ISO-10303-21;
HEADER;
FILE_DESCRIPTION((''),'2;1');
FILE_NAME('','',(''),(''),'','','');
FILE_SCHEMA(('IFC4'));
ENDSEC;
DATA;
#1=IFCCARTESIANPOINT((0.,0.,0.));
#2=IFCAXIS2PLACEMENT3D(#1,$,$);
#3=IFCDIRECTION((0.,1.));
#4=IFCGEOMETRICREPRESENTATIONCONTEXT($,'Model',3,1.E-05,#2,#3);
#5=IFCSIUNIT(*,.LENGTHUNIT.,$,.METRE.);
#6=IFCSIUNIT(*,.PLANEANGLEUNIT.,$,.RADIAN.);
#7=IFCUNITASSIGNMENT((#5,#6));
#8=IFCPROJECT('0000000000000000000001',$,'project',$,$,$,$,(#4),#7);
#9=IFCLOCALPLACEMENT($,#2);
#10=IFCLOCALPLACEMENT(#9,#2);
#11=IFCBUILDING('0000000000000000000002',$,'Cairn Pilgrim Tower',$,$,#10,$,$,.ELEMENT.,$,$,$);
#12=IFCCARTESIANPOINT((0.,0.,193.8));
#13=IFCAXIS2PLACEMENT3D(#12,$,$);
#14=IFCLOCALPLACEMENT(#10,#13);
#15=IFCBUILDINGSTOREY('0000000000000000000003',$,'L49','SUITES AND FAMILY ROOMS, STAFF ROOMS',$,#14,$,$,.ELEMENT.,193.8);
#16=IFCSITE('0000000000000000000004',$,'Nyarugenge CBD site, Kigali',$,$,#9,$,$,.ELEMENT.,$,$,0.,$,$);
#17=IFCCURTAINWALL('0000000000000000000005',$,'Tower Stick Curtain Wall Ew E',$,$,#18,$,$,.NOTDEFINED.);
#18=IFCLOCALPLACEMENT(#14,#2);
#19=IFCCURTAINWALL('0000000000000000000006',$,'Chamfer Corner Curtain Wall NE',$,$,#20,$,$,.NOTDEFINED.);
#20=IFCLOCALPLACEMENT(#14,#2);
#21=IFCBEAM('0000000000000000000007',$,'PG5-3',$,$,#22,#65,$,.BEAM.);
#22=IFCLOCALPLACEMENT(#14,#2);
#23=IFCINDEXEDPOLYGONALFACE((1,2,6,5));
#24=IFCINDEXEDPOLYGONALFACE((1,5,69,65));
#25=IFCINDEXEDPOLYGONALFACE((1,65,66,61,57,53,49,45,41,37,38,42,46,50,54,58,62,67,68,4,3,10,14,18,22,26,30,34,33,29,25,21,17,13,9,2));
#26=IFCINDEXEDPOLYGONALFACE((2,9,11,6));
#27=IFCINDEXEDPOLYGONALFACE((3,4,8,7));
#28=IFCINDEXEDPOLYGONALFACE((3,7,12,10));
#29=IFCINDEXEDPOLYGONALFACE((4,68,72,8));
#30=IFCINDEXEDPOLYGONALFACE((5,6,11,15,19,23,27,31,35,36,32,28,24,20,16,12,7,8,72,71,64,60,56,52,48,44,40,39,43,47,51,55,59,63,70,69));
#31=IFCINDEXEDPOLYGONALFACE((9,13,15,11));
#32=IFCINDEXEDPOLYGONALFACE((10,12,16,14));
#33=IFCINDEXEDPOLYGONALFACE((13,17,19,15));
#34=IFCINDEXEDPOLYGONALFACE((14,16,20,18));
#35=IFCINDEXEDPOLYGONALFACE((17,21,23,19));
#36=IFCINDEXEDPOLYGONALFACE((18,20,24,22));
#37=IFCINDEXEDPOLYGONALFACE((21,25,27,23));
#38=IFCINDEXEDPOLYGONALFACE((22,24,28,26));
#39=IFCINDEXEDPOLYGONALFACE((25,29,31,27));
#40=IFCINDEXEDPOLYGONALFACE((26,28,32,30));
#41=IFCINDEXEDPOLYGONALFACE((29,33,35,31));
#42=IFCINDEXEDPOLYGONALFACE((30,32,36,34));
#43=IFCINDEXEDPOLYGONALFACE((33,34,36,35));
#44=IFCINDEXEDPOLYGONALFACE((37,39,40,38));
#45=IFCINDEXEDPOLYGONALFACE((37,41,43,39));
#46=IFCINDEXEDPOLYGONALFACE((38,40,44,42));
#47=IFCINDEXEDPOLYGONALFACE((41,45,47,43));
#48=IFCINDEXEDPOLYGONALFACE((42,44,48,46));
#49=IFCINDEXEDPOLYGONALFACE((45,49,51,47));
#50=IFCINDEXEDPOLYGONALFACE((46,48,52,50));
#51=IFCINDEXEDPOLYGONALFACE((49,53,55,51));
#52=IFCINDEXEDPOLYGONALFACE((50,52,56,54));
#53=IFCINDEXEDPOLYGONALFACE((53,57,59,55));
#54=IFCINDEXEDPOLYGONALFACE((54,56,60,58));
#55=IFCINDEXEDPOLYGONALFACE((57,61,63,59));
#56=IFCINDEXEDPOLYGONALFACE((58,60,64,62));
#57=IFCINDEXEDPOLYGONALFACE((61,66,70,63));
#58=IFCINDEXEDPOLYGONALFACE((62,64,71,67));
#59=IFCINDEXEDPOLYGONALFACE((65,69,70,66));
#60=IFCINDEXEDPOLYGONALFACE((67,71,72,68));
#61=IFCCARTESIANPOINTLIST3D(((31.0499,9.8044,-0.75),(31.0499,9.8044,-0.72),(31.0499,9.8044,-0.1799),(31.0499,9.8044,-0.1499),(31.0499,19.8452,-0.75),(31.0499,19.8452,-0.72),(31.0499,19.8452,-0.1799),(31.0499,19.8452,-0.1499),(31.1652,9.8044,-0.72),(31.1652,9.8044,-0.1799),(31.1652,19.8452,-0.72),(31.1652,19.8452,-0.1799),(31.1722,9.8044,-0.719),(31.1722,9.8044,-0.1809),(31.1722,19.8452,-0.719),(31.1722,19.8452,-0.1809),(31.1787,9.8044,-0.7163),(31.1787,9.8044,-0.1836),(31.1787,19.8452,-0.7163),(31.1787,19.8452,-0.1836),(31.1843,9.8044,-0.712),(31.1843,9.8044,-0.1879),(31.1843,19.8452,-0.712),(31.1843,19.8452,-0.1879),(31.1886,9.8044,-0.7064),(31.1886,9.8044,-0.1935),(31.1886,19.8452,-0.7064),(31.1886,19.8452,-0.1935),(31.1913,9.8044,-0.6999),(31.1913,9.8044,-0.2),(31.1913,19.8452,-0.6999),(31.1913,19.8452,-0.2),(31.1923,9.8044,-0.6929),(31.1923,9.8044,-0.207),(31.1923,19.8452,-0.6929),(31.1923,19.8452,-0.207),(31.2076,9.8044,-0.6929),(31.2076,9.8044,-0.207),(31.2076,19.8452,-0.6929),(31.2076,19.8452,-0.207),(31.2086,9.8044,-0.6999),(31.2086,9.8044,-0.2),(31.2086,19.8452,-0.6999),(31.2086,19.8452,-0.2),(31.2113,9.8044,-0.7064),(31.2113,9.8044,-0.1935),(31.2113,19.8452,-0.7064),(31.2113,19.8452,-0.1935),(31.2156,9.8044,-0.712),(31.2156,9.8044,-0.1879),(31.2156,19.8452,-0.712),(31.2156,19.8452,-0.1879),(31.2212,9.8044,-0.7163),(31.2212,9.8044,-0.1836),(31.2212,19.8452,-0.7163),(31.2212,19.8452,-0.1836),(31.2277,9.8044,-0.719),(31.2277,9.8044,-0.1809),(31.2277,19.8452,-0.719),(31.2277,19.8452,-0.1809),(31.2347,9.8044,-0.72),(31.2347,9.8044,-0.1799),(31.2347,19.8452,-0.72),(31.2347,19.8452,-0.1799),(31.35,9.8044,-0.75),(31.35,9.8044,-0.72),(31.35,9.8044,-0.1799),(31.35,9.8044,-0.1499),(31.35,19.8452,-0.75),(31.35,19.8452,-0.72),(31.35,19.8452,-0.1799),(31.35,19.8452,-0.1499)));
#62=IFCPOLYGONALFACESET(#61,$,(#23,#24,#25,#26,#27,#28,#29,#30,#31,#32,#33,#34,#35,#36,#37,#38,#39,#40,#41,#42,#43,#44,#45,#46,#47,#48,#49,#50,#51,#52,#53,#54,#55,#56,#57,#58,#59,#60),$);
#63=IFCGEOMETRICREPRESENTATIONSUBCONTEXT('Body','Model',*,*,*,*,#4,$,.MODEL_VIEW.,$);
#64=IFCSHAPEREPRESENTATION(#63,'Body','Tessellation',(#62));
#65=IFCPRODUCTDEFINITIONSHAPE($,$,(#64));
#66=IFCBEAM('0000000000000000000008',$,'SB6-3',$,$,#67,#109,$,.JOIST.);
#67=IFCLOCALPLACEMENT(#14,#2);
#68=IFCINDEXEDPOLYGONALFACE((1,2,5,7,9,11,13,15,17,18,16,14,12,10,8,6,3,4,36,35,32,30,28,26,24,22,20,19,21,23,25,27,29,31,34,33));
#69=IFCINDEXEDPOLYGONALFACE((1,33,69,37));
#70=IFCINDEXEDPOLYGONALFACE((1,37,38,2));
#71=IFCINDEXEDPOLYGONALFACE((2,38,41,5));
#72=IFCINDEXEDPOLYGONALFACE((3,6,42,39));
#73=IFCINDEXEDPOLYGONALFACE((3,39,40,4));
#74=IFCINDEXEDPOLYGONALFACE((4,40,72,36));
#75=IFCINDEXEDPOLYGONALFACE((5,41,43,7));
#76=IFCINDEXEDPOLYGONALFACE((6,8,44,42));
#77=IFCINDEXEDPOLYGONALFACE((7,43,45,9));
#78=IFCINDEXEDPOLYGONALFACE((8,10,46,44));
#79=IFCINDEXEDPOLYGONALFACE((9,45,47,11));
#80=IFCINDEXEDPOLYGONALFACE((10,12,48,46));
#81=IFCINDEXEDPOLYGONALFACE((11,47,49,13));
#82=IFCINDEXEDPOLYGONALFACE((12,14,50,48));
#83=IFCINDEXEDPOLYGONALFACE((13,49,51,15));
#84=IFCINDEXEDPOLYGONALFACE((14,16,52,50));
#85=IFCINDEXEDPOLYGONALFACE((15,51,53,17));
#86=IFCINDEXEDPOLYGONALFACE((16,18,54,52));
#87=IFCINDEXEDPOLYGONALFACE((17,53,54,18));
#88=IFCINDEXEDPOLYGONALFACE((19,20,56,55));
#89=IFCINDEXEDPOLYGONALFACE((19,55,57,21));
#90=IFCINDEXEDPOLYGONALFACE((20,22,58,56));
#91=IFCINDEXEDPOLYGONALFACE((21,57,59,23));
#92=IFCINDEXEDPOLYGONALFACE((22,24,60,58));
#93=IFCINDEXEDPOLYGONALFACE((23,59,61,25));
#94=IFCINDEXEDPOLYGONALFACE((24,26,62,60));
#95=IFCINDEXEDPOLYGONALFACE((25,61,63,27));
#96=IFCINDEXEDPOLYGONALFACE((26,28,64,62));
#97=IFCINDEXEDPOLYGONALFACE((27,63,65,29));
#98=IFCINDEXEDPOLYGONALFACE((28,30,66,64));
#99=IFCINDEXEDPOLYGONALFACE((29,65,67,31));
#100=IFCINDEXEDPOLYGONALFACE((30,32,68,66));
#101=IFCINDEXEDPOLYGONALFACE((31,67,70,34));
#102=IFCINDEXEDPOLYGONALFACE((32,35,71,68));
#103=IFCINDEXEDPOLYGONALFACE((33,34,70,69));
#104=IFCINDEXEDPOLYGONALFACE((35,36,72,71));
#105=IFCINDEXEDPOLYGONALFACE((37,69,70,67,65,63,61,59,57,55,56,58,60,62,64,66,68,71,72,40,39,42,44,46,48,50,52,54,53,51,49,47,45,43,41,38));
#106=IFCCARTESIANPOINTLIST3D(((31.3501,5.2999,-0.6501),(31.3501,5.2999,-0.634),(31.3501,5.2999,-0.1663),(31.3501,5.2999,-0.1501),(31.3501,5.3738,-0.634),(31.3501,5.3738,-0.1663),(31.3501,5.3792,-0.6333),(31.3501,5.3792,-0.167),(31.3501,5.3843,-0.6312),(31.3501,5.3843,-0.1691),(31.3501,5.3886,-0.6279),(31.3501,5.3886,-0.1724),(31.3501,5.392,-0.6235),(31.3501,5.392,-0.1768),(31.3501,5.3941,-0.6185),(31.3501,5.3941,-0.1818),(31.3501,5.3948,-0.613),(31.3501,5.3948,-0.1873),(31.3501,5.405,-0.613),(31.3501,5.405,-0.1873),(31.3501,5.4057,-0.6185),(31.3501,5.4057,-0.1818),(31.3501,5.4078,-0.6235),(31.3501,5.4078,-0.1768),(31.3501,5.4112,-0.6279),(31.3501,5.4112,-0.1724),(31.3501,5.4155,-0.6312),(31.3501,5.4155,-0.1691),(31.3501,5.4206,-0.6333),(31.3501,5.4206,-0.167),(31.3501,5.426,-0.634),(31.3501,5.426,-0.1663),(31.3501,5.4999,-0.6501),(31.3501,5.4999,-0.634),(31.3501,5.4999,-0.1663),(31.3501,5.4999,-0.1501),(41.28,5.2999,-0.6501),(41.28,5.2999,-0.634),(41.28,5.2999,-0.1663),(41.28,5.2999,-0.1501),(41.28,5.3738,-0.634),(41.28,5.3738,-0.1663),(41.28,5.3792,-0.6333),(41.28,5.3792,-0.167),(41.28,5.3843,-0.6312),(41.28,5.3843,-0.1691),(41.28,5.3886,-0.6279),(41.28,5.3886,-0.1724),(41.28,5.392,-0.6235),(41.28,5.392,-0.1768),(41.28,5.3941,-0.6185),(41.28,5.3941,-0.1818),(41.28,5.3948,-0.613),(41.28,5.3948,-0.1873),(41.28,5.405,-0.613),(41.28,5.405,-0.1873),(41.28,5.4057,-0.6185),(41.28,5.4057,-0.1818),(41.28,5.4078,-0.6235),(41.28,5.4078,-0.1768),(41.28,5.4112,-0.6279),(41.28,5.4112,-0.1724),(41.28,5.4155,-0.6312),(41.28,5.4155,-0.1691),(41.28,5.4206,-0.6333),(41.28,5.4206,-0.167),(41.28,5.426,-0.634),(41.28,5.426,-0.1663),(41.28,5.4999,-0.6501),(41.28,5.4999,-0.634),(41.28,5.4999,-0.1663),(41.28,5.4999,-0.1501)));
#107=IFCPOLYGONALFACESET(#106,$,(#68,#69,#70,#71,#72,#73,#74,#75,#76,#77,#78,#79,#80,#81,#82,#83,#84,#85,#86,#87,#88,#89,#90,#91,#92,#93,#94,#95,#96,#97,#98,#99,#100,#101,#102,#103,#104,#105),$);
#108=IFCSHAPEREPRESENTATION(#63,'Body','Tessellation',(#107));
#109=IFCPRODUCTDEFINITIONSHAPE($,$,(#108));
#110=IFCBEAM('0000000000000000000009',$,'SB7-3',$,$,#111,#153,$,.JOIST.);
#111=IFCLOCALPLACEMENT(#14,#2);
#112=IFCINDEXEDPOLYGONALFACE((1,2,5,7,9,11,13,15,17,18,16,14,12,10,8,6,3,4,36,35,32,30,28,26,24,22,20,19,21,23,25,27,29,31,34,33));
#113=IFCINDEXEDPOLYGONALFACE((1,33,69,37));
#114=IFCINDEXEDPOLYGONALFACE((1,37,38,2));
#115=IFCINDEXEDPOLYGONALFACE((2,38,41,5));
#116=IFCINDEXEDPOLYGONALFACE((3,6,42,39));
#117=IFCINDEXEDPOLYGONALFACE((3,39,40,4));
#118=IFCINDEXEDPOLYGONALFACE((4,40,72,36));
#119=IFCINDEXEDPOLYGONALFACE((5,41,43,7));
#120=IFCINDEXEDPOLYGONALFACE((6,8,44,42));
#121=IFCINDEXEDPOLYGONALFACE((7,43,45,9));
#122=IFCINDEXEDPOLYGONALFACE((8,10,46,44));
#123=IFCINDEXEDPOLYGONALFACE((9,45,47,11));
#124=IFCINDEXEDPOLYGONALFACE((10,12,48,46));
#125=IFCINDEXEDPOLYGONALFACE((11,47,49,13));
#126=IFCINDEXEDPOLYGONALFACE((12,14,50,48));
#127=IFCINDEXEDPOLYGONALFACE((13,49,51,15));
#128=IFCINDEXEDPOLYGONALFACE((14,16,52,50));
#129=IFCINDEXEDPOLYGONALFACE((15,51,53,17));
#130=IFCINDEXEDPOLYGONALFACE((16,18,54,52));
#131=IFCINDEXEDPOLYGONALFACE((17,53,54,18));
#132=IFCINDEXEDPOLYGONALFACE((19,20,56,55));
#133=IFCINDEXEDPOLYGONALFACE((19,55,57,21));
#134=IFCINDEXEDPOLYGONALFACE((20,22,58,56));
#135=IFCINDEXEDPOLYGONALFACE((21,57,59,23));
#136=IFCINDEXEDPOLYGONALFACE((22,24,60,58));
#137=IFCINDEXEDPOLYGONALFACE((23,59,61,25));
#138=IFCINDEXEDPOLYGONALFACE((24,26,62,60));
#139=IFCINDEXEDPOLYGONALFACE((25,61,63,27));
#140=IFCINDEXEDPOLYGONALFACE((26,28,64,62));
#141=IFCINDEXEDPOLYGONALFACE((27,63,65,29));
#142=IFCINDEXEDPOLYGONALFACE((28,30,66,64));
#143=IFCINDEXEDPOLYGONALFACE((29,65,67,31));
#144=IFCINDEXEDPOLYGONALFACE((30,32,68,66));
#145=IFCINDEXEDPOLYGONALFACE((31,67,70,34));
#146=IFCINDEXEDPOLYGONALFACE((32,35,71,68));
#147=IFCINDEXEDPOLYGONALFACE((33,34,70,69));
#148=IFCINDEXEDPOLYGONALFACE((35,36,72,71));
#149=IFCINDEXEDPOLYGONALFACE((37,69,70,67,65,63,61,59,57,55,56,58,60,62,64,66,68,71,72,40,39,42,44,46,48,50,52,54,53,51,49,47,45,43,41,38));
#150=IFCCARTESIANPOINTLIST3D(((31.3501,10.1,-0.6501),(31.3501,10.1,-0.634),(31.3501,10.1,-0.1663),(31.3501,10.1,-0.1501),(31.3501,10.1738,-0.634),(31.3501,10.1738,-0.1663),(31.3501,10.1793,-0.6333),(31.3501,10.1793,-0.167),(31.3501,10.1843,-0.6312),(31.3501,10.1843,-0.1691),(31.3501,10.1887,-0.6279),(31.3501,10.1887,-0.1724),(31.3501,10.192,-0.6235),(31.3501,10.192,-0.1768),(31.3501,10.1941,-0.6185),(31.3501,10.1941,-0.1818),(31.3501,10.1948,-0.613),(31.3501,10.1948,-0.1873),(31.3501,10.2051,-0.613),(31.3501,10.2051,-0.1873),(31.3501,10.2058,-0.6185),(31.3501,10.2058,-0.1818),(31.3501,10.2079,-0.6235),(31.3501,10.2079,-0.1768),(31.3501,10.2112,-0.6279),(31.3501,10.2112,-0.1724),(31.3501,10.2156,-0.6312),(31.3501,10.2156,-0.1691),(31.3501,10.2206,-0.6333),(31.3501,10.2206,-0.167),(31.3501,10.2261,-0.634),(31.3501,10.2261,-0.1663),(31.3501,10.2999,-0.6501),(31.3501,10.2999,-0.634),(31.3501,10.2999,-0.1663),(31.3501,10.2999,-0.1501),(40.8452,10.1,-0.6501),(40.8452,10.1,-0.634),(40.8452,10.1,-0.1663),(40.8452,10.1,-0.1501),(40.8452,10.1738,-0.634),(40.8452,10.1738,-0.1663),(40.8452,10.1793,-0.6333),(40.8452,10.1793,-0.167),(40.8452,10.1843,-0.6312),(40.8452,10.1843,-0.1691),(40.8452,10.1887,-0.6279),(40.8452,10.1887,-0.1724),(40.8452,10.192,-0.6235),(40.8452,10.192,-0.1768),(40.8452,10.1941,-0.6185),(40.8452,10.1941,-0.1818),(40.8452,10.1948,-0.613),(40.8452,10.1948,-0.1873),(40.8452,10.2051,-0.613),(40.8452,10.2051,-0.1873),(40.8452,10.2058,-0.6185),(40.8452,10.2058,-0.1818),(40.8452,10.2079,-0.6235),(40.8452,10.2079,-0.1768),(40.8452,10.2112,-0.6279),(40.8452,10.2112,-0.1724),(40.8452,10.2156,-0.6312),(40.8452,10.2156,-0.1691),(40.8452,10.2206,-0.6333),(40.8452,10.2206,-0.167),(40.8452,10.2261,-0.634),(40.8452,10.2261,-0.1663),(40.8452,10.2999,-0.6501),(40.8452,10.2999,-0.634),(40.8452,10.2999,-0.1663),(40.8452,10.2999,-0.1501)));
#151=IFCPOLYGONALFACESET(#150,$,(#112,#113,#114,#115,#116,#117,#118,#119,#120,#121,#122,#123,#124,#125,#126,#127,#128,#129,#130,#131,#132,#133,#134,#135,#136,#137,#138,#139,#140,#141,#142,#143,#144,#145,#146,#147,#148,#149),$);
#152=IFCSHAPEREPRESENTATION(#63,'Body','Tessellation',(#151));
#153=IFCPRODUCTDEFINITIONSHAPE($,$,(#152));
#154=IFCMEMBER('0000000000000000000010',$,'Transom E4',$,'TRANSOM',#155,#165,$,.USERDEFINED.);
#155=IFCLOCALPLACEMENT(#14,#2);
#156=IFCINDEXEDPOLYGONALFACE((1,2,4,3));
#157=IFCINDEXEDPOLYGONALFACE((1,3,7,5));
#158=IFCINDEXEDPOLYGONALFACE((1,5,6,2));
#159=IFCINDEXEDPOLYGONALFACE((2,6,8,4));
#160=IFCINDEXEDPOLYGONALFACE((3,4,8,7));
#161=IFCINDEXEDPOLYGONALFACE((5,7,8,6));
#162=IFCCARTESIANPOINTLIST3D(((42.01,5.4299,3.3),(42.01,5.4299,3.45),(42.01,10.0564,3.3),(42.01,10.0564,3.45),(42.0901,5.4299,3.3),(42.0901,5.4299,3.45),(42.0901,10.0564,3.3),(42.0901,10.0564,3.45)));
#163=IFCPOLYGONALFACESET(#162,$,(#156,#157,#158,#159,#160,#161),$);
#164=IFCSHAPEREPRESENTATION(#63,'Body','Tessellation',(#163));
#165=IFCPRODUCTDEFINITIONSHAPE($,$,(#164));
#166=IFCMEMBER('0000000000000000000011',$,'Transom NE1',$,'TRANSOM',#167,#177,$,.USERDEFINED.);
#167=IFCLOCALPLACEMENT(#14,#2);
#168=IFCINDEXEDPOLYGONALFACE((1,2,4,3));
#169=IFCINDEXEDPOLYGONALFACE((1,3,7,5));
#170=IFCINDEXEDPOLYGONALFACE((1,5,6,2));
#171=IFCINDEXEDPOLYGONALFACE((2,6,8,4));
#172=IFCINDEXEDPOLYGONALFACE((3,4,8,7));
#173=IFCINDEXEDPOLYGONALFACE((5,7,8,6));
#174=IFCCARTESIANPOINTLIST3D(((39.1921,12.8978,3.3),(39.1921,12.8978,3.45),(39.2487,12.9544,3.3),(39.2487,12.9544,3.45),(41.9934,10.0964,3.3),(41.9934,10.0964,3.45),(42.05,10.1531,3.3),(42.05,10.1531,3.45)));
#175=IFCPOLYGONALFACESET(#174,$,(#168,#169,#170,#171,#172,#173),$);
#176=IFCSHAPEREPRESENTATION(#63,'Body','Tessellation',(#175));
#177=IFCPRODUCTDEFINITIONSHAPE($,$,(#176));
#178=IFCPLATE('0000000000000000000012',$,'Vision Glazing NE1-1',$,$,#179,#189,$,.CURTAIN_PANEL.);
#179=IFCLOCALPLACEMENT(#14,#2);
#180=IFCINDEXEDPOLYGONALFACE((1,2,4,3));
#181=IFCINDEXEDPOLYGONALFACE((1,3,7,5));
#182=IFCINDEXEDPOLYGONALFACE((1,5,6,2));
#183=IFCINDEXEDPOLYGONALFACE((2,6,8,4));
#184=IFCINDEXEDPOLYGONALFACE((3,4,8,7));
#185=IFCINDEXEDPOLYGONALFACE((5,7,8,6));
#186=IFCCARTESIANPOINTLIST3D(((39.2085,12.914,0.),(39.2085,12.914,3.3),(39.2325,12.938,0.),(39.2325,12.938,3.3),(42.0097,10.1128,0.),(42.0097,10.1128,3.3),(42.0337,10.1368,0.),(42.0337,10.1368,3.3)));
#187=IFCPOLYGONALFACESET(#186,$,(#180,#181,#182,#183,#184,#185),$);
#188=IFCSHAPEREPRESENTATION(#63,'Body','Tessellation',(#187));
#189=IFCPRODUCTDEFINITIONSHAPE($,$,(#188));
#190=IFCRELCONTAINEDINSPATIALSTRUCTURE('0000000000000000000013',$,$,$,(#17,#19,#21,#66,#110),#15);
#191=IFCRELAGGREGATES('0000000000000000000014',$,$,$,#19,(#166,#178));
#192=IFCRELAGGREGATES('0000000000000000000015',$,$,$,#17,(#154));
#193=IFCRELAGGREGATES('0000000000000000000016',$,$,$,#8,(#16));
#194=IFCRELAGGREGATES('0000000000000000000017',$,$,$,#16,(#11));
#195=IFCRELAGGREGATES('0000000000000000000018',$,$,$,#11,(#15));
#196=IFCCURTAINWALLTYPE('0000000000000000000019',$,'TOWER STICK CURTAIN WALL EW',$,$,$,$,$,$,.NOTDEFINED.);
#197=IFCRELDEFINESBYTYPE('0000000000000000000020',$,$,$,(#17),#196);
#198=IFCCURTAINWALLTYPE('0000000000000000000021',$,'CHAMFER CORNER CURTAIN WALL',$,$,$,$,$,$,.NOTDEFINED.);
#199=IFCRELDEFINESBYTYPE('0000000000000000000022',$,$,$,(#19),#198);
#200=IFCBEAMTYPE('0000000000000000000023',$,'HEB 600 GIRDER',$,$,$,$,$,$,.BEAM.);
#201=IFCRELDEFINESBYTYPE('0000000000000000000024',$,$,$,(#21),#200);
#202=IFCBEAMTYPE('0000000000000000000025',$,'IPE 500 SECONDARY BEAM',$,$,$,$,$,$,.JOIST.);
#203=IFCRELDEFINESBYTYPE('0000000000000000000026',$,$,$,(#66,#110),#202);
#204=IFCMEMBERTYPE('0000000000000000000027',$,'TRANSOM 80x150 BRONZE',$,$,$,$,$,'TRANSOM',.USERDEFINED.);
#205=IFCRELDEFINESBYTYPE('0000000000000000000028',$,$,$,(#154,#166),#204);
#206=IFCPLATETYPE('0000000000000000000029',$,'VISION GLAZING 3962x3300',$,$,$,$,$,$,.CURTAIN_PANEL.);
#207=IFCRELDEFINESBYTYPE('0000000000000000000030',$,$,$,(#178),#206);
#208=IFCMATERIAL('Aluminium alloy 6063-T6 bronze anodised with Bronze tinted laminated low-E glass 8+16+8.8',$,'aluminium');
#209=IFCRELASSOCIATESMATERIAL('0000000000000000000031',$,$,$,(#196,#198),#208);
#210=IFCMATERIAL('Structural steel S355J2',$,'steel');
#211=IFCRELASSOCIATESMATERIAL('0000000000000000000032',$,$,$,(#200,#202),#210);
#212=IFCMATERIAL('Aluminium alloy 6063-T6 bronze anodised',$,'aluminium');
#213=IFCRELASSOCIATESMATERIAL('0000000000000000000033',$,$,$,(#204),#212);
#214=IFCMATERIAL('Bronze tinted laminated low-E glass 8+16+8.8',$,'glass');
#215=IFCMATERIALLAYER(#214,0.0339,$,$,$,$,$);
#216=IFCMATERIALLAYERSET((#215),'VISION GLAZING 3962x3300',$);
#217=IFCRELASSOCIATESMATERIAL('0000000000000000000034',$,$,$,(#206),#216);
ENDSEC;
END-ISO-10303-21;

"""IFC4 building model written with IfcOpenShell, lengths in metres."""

from ifc_helpers import new_model, si_unit, direction, frame, origin, origin_2d, place, context, subcontext, project, spatial, rectangle, i_section, extrude, material, layer, layer_set, material_profile, profile_set, type_object, element, aggregate, save


model = new_model("IFC4")

# Units and contexts
model_context = context("Model", 3, precision=1e-05, world=origin(), true_north=direction((0.0, 1.0)))
body_context = subcontext(model_context, "Body", "Model", "MODEL_VIEW")
ifc_project = project(units=[si_unit("LENGTHUNIT", "METRE"), si_unit("PLANEANGLEUNIT", "RADIAN")], contexts=[model_context])

# Site, building, storey
site_placement = place(None, origin())
site = spatial("IfcSite", under=ifc_project, at=site_placement, Name="Nyarugenge CBD site, Kigali", CompositionType="ELEMENT", RefElevation=0.0)
building_placement = place(site_placement, origin())
building = spatial("IfcBuilding", under=site, at=building_placement, Name="Cairn Pilgrim Tower", CompositionType="ELEMENT")
storey_placement = place(building_placement, frame((0.0, 0.0, 193.8)))
storey = spatial("IfcBuildingStorey", under=building, at=storey_placement, Name="L49", Description="SUITES AND FAMILY ROOMS, STAFF ROOMS", CompositionType="ELEMENT", Elevation=193.8)

# Curtain walls
ifc_material_1 = material(Name="Aluminium alloy 6063-T6 bronze anodised with Bronze tinted laminated low-E glass 8+16+8.8", Category="aluminium")
curtain_wall_type_1 = type_object("IfcCurtainWallType", Name="TOWER STICK CURTAIN WALL EW", PredefinedType="NOTDEFINED", material=ifc_material_1)
curtain_wall_1_placement = place(storey_placement, origin())
curtain_wall_1 = element("IfcCurtainWall", 1, at=curtain_wall_1_placement, inside=storey, type_object=curtain_wall_type_1, Name="Tower Stick Curtain Wall Ew E", PredefinedType="NOTDEFINED")
ifc_material_2 = material(Name="Aluminium alloy 6063-T6 bronze anodised", Category="aluminium")
curtain_wall_type_2 = type_object("IfcCurtainWallType", Name="CHAMFER CORNER CURTAIN WALL", PredefinedType="NOTDEFINED", material=ifc_material_1)
curtain_wall_2_placement = place(storey_placement, origin())
curtain_wall_2 = element("IfcCurtainWall", 2, at=curtain_wall_2_placement, inside=storey, type_object=curtain_wall_type_2, Name="Chamfer Corner Curtain Wall NE", PredefinedType="NOTDEFINED")

# Beams
ifc_material_3 = material(Name="Structural steel S355J2", Category="steel")
ifc_material_profile_1 = material_profile(ifc_material_3, i_section(OverallWidth=0.3, OverallDepth=0.6001, WebThickness=0.0154, FlangeThickness=0.03, FilletRadius=0.0271, at=origin_2d()), Name="HEB 600")
ifc_profile_set_1 = profile_set([ifc_material_profile_1], Name="Structural steel S355J2")
beam_type_1 = type_object("IfcBeamType", Name="HEB 600 GIRDER", PredefinedType="BEAM", material=ifc_profile_set_1)
beam_1_placement = place(storey_placement, frame((31.2, 9.8044, -0.45), z_axis=(0.0, 1.0, 0.0), x_axis=(-1.0, 0.0, 0.0)))
element("IfcBeam", 3, at=beam_1_placement, inside=storey, type_object=beam_type_1, Name="PG5-3", PredefinedType="BEAM", context=body_context, shape_type="SweptSolid", body=[
    extrude(i_section(OverallWidth=0.3, OverallDepth=0.6001, WebThickness=0.0154, FlangeThickness=0.03, FilletRadius=0.0271, at=origin_2d()), origin(), (0.0, 0.0, 1.0), 10.0408),
])
ifc_material_profile_2 = material_profile(ifc_material_3, i_section(OverallWidth=0.2, OverallDepth=0.5, WebThickness=0.0103, FlangeThickness=0.0161, FilletRadius=0.021, at=origin_2d()), Name="IPE 500")
ifc_profile_set_2 = profile_set([ifc_material_profile_2], Name="Structural steel S355J2")
beam_type_2 = type_object("IfcBeamType", Name="IPE 500 SECONDARY BEAM", PredefinedType="JOIST", material=ifc_profile_set_2)
beam_2_placement = place(storey_placement, frame((31.3501, 5.3999, -0.4001), z_axis=(1.0, 0.0, 0.0), x_axis=(0.0, 1.0, 0.0)))
element("IfcBeam", 4, at=beam_2_placement, inside=storey, type_object=beam_type_2, Name="SB6-3", PredefinedType="JOIST", context=body_context, shape_type="SweptSolid", body=[
    extrude(i_section(OverallWidth=0.2, OverallDepth=0.5, WebThickness=0.0103, FlangeThickness=0.0161, FilletRadius=0.021, at=origin_2d()), origin(), (0.0, 0.0, 1.0), 9.9299),
])
beam_3_placement = place(storey_placement, frame((31.3501, 10.2, -0.4001), z_axis=(1.0, 0.0, 0.0), x_axis=(0.0, 1.0, 0.0)))
element("IfcBeam", 5, at=beam_3_placement, inside=storey, type_object=beam_type_2, Name="SB7-3", PredefinedType="JOIST", context=body_context, shape_type="SweptSolid", body=[
    extrude(i_section(OverallWidth=0.2, OverallDepth=0.5, WebThickness=0.0103, FlangeThickness=0.0161, FilletRadius=0.021, at=origin_2d()), origin(), (0.0, 0.0, 1.0), 9.4951),
])

# Members
ifc_material_profile_3 = material_profile(ifc_material_2, rectangle(XDim=0.0801, YDim=0.1499, at=origin_2d()), Name="TRANSOM 80x150 BRONZE")
ifc_profile_set_3 = profile_set([ifc_material_profile_3], Name="Aluminium alloy 6063-T6 bronze anodised")
member_type_1 = type_object("IfcMemberType", Name="TRANSOM 80x150 BRONZE", ElementType="TRANSOM", PredefinedType="USERDEFINED", material=ifc_profile_set_3)
member_1_placement = place(storey_placement, frame((42.05, 5.4299, 3.375), z_axis=(0.0, 1.0, 0.0), x_axis=(-1.0, 0.0, 0.0)))
member_1 = element("IfcMember", 6, at=member_1_placement, type_object=member_type_1, Name="Transom E4", ObjectType="TRANSOM", PredefinedType="USERDEFINED", context=body_context, shape_type="SweptSolid", body=[
    extrude(rectangle(XDim=0.0801, YDim=0.1499, at=origin_2d()), origin(), (0.0, 0.0, 1.0), 4.6265),
])
member_2_placement = place(storey_placement, frame((42.0217, 10.1248, 3.375), z_axis=(-0.707107, 0.707107, 0.0), x_axis=(-0.707107, -0.707107, 0.0)))
member_2 = element("IfcMember", 7, at=member_2_placement, type_object=member_type_1, Name="Transom NE1", ObjectType="TRANSOM", PredefinedType="USERDEFINED", context=body_context, shape_type="SweptSolid", body=[
    extrude(rectangle(XDim=0.0801, YDim=0.1499, at=origin_2d()), origin(), (0.0, 0.0, 1.0), 3.9617),
])

# Plate
ifc_material_4 = material(Name="Bronze tinted laminated low-E glass 8+16+8.8", Category="glass")
ifc_layer_1 = layer(ifc_material_4, 0.0339)
ifc_layer_set_1 = layer_set([ifc_layer_1], Name="VISION GLAZING 3962x3300")
plate_type_1 = type_object("IfcPlateType", Name="VISION GLAZING 3962x3300", PredefinedType="CURTAIN_PANEL", material=ifc_layer_set_1)
plate_1_placement = place(storey_placement, frame((40.6211, 11.5254, 0.0), z_axis=(0.0, 0.0, 1.0), x_axis=(-0.707107, 0.707107, 0.0)))
plate_1 = element("IfcPlate", 8, at=plate_1_placement, type_object=plate_type_1, Name="Vision Glazing NE1-1", PredefinedType="CURTAIN_PANEL", context=body_context, shape_type="SweptSolid", body=[
    extrude(rectangle(XDim=3.9614, YDim=0.0339, at=origin_2d()), origin(), (0.0, 0.0, 1.0), 3.3),
])
aggregate(curtain_wall_2, [member_2, plate_1])
aggregate(curtain_wall_1, [member_1])

save(model, "model.ifc")
